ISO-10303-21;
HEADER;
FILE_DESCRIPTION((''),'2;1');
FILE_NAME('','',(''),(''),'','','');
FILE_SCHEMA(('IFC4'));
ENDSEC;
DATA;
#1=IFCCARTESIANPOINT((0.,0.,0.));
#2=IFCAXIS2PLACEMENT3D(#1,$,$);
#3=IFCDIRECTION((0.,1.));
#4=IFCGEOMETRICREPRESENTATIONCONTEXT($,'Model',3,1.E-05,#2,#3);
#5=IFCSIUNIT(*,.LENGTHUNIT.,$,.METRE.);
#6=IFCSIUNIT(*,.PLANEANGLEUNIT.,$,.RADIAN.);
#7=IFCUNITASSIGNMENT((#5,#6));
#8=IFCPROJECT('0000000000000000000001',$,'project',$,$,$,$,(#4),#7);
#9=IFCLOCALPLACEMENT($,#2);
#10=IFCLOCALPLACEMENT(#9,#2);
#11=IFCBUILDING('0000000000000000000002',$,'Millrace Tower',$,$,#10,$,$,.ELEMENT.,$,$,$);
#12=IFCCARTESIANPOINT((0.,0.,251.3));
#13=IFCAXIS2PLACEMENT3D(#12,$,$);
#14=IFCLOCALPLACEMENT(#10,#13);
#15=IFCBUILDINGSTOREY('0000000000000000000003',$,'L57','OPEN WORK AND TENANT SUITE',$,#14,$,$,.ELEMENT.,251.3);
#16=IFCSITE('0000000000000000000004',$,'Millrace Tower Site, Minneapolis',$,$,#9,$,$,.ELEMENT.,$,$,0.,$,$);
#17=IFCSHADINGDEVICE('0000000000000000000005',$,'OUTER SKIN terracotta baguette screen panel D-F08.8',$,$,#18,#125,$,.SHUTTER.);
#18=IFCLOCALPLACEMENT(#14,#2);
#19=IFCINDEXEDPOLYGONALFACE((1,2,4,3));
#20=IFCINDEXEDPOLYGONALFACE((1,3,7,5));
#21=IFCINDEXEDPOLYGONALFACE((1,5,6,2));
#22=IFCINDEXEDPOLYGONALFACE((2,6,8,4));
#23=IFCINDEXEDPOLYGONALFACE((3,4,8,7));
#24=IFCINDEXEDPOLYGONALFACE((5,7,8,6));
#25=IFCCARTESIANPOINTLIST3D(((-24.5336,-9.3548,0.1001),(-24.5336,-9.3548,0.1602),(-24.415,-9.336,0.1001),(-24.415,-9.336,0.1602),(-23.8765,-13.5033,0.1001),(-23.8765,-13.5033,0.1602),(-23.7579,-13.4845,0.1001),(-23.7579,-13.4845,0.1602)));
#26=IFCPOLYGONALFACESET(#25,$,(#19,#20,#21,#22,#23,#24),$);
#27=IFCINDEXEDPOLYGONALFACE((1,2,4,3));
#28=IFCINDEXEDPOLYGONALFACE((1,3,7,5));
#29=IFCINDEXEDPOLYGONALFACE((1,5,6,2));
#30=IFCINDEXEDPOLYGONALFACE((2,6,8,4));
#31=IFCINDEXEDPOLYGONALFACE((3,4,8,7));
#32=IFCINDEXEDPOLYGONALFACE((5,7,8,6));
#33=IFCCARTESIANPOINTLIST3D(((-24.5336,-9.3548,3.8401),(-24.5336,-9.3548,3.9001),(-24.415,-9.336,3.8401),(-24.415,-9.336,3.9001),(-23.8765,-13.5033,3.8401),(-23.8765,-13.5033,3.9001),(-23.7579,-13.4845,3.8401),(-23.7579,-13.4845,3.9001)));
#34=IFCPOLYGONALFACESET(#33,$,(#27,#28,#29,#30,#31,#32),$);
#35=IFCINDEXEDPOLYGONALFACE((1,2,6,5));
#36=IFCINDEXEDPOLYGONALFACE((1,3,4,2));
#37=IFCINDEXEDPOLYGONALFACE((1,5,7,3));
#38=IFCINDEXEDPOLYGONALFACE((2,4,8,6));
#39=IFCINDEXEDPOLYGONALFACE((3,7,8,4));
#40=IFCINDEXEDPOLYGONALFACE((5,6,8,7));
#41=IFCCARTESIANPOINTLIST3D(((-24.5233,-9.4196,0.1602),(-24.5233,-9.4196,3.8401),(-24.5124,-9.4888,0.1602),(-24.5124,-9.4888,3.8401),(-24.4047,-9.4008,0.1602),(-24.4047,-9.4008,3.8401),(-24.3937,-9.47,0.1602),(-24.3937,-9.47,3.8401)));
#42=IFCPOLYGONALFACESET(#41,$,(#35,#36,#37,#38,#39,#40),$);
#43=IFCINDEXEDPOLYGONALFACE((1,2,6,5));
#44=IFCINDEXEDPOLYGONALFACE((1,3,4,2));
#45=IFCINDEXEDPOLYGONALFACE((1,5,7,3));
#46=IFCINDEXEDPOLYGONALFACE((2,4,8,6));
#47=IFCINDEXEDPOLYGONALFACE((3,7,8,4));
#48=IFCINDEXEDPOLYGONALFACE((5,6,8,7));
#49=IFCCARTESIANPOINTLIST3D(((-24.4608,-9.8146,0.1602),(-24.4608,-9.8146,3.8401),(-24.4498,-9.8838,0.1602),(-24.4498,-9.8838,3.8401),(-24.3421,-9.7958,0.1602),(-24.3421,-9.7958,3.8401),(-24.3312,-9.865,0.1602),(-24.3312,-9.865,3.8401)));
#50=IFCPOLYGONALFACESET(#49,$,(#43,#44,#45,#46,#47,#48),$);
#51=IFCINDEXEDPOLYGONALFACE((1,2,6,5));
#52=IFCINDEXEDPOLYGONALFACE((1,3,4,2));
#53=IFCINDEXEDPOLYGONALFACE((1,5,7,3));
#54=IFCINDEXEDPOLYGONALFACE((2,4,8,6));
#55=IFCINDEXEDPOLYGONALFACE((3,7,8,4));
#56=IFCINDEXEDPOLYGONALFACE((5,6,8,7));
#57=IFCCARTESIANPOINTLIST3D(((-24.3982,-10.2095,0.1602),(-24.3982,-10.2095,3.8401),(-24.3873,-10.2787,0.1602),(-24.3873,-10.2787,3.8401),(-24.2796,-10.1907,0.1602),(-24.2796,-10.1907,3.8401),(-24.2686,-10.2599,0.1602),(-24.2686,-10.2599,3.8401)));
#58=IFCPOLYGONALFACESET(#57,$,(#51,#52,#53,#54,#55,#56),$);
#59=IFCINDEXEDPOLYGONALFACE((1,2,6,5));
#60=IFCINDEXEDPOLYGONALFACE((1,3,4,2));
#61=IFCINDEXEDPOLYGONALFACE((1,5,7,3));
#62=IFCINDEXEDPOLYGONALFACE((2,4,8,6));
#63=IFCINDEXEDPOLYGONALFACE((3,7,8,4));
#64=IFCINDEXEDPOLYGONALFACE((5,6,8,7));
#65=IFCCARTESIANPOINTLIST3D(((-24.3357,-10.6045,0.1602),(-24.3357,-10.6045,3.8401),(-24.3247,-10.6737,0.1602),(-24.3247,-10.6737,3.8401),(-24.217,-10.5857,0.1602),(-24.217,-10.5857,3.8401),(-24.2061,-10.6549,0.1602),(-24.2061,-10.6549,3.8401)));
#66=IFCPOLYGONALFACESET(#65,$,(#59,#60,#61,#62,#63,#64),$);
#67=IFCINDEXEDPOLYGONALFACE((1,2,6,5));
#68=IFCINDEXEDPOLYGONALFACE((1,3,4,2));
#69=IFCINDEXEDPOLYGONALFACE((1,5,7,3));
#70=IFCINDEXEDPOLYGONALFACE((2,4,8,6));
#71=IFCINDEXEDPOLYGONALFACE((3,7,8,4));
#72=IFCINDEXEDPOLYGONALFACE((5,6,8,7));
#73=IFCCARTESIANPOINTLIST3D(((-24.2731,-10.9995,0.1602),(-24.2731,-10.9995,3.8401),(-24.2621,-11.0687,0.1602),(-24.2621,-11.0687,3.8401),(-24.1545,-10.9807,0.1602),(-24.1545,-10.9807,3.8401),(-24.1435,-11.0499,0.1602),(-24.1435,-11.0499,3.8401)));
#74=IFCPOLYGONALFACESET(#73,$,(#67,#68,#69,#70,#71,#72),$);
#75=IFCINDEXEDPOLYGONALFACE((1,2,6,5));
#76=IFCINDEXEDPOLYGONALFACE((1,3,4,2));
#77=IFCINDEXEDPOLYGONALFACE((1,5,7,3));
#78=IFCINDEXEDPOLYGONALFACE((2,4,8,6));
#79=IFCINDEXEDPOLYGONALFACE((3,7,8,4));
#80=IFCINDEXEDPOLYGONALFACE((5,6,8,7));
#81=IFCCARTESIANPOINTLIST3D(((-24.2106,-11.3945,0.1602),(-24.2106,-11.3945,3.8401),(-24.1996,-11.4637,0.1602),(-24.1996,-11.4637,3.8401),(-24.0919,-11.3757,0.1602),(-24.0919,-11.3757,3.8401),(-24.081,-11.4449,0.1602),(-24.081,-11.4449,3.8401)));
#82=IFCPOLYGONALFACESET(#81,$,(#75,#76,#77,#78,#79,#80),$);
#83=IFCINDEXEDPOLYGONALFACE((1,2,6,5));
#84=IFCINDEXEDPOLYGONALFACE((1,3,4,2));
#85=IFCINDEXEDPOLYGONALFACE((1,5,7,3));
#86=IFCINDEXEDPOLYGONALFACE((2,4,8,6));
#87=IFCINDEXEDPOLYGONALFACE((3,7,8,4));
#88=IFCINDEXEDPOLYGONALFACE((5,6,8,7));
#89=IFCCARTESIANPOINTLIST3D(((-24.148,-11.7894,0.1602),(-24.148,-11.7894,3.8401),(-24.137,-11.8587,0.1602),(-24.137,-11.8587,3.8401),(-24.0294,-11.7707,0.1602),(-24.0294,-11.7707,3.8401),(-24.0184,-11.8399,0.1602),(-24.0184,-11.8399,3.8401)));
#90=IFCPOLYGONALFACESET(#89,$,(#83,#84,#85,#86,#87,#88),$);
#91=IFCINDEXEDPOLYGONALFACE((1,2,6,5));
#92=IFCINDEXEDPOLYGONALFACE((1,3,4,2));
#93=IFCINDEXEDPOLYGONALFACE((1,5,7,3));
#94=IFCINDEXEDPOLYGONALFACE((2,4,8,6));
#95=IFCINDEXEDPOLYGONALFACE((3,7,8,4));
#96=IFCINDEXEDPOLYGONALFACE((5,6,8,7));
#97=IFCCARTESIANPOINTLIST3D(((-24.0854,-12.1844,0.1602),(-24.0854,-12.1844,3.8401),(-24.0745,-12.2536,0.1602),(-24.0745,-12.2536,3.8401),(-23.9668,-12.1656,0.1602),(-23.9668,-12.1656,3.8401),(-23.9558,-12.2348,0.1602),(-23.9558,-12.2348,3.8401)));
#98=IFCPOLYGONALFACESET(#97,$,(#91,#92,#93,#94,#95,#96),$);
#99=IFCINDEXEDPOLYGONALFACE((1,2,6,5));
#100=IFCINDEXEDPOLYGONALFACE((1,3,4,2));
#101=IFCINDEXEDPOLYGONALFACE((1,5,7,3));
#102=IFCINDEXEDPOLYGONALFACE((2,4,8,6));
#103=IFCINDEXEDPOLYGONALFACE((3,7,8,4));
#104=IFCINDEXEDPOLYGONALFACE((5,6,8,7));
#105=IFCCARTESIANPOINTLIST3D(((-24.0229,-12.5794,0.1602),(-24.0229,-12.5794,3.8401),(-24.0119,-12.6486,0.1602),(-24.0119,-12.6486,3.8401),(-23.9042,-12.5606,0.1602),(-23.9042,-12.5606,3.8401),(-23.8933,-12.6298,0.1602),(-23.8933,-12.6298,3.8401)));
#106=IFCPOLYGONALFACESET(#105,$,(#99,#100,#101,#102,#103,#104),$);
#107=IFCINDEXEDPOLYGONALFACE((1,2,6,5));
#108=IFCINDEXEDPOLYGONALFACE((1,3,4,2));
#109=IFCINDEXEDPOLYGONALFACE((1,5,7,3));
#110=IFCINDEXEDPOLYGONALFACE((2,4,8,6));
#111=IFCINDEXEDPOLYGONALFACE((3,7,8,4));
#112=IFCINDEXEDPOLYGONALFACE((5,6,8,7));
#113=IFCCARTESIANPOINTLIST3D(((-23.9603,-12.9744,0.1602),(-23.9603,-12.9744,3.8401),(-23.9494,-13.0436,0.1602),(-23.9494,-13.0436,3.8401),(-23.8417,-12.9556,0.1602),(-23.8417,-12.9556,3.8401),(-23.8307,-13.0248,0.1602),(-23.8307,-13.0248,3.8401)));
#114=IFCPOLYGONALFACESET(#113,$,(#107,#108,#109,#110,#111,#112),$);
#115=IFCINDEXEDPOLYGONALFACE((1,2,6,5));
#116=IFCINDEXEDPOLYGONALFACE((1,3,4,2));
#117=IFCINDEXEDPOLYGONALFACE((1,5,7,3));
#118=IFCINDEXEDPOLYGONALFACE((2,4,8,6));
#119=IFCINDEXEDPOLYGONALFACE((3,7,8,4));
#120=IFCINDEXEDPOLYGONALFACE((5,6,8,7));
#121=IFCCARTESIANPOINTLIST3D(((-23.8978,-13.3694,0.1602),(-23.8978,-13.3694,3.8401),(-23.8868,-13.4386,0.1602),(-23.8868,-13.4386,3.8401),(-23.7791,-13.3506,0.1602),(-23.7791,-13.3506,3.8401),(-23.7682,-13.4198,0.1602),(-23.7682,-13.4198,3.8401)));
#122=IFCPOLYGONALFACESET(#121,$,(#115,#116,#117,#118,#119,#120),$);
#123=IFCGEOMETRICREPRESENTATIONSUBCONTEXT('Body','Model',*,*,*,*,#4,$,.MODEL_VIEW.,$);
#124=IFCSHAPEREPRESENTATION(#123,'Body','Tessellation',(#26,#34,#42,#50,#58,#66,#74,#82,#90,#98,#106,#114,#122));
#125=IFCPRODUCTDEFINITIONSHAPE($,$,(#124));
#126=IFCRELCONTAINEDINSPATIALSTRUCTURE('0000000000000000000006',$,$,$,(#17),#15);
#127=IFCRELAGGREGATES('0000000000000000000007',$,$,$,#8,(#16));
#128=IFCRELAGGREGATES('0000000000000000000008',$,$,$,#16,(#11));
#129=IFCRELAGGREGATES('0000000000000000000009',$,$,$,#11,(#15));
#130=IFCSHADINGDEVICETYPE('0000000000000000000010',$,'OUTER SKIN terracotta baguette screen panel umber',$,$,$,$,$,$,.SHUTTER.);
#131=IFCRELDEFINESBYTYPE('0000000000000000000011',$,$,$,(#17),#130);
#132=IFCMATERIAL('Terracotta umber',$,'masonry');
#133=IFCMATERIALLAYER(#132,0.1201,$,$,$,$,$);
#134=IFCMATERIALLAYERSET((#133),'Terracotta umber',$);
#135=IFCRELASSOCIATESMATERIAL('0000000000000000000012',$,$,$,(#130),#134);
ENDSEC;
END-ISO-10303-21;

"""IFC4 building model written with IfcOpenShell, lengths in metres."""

from ifc_helpers import new_model, entity, si_unit, direction, frame, frame_2d, origin, origin_2d, place, context, subcontext, project, spatial, rectangle, extrude, source, transform, mapped, material, layer, layer_set, type_object, element, save


model = new_model("IFC4")

# Units and contexts
model_context = context("Model", 3, precision=1e-05, world=origin(), true_north=direction((0.0, 1.0)))
body_context = subcontext(model_context, "Body", "Model", "MODEL_VIEW")
ifc_project = project(units=[si_unit("LENGTHUNIT", "METRE"), si_unit("PLANEANGLEUNIT", "RADIAN")], contexts=[model_context])

# Site, building, storey
site_placement = place(None, origin())
site = spatial("IfcSite", under=ifc_project, at=site_placement, Name="Millrace Tower Site, Minneapolis", CompositionType="ELEMENT", RefElevation=0.0)
building_placement = place(site_placement, origin())
building = spatial("IfcBuilding", under=site, at=building_placement, Name="Millrace Tower", CompositionType="ELEMENT")
storey_placement = place(building_placement, frame((0.0, 0.0, 251.3)))
storey = spatial("IfcBuildingStorey", under=building, at=storey_placement, Name="L57", Description="OPEN WORK AND TENANT SUITE", CompositionType="ELEMENT", Elevation=251.3)

# Shading device
ifc_material_1 = material(Name="Terracotta umber", Category="masonry")
ifc_layer_1 = layer(ifc_material_1, 0.1201)
ifc_layer_set_1 = layer_set([ifc_layer_1], Name="Terracotta umber")
shading_device_type = type_object("IfcShadingDeviceType", Name="OUTER SKIN terracotta baguette screen panel umber", PredefinedType="SHUTTER", material=ifc_layer_set_1)
cartesian_point = entity("IfcCartesianPoint", [-2.1001, 0.0601])
shared_polyline = entity("IfcPolyline", [cartesian_point, entity("IfcCartesianPoint", [2.1001, 0.0601]), entity("IfcCartesianPoint", [2.1001, -0.0601]), entity("IfcCartesianPoint", [-2.1001, -0.0601]), cartesian_point])
shared_shape = source(origin(), body_context, "Body", "SweptSolid", [
    entity("IfcExtrudedAreaSolid", entity("IfcArbitraryClosedProfileDef", "AREA", None, shared_polyline), entity("IfcAxis2Placement3D", entity("IfcCartesianPoint", [0.0, 0.0, 0.0])), entity("IfcDirection", [0.0, 0.0, 1.0]), 0.0601),
    entity("IfcExtrudedAreaSolid", entity("IfcArbitraryClosedProfileDef", "AREA", None, shared_polyline), entity("IfcAxis2Placement3D", entity("IfcCartesianPoint", [0.0, 0.0, 3.74])), entity("IfcDirection", [0.0, 0.0, 1.0]), 0.0601),
    extrude(rectangle(XDim=0.0701, YDim=0.1201, at=frame_2d((-1.9995, 0.0))), frame((0.0, 0.0, 0.0601)), (0.0, 0.0, 1.0), 3.6799),
    extrude(rectangle(XDim=0.0701, YDim=0.1201, at=frame_2d((-1.5996, 0.0))), frame((0.0, 0.0, 0.0601)), (0.0, 0.0, 1.0), 3.6799),
    extrude(rectangle(XDim=0.0701, YDim=0.1201, at=frame_2d((-1.1997, 0.0))), frame((0.0, 0.0, 0.0601)), (0.0, 0.0, 1.0), 3.6799),
    extrude(rectangle(XDim=0.0701, YDim=0.1201, at=frame_2d((-0.7998, 0.0))), frame((0.0, 0.0, 0.0601)), (0.0, 0.0, 1.0), 3.6799),
    extrude(rectangle(XDim=0.0701, YDim=0.1201, at=frame_2d((-0.3999, 0.0))), frame((0.0, 0.0, 0.0601)), (0.0, 0.0, 1.0), 3.6799),
    extrude(rectangle(XDim=0.0701, YDim=0.1201, at=origin_2d()), frame((0.0, 0.0, 0.0601)), (0.0, 0.0, 1.0), 3.6799),
    extrude(rectangle(XDim=0.0701, YDim=0.1201, at=frame_2d((0.3999, 0.0))), frame((0.0, 0.0, 0.0601)), (0.0, 0.0, 1.0), 3.6799),
    extrude(rectangle(XDim=0.0701, YDim=0.1201, at=frame_2d((0.7998, 0.0))), frame((0.0, 0.0, 0.0601)), (0.0, 0.0, 1.0), 3.6799),
    extrude(rectangle(XDim=0.0701, YDim=0.1201, at=frame_2d((1.1997, 0.0))), frame((0.0, 0.0, 0.0601)), (0.0, 0.0, 1.0), 3.6799),
    extrude(rectangle(XDim=0.0701, YDim=0.1201, at=frame_2d((1.5996, 0.0))), frame((0.0, 0.0, 0.0601)), (0.0, 0.0, 1.0), 3.6799),
    extrude(rectangle(XDim=0.0701, YDim=0.1201, at=frame_2d((1.9995, 0.0))), frame((0.0, 0.0, 0.0601)), (0.0, 0.0, 1.0), 3.6799),
])
for number, where, z_axis, x_axis, name in (
    (1, (-24.1458, -11.4197, 0.1001), (0.0, 0.0, 1.0), (0.156434, -0.987688, 0.0), "OUTER SKIN terracotta baguette screen panel D-F08.8"),
):
    element("IfcShadingDevice", number, at=place(storey_placement, frame(where, z_axis=z_axis, x_axis=x_axis)), inside=storey, type_object=shading_device_type, Name=name, PredefinedType="SHUTTER", context=body_context, shape_type="MappedRepresentation", body=[
        mapped(shared_shape, transform((0.0, 0.0, 0.0), scale=1.0)),
    ])

save(model, "model.ifc")
